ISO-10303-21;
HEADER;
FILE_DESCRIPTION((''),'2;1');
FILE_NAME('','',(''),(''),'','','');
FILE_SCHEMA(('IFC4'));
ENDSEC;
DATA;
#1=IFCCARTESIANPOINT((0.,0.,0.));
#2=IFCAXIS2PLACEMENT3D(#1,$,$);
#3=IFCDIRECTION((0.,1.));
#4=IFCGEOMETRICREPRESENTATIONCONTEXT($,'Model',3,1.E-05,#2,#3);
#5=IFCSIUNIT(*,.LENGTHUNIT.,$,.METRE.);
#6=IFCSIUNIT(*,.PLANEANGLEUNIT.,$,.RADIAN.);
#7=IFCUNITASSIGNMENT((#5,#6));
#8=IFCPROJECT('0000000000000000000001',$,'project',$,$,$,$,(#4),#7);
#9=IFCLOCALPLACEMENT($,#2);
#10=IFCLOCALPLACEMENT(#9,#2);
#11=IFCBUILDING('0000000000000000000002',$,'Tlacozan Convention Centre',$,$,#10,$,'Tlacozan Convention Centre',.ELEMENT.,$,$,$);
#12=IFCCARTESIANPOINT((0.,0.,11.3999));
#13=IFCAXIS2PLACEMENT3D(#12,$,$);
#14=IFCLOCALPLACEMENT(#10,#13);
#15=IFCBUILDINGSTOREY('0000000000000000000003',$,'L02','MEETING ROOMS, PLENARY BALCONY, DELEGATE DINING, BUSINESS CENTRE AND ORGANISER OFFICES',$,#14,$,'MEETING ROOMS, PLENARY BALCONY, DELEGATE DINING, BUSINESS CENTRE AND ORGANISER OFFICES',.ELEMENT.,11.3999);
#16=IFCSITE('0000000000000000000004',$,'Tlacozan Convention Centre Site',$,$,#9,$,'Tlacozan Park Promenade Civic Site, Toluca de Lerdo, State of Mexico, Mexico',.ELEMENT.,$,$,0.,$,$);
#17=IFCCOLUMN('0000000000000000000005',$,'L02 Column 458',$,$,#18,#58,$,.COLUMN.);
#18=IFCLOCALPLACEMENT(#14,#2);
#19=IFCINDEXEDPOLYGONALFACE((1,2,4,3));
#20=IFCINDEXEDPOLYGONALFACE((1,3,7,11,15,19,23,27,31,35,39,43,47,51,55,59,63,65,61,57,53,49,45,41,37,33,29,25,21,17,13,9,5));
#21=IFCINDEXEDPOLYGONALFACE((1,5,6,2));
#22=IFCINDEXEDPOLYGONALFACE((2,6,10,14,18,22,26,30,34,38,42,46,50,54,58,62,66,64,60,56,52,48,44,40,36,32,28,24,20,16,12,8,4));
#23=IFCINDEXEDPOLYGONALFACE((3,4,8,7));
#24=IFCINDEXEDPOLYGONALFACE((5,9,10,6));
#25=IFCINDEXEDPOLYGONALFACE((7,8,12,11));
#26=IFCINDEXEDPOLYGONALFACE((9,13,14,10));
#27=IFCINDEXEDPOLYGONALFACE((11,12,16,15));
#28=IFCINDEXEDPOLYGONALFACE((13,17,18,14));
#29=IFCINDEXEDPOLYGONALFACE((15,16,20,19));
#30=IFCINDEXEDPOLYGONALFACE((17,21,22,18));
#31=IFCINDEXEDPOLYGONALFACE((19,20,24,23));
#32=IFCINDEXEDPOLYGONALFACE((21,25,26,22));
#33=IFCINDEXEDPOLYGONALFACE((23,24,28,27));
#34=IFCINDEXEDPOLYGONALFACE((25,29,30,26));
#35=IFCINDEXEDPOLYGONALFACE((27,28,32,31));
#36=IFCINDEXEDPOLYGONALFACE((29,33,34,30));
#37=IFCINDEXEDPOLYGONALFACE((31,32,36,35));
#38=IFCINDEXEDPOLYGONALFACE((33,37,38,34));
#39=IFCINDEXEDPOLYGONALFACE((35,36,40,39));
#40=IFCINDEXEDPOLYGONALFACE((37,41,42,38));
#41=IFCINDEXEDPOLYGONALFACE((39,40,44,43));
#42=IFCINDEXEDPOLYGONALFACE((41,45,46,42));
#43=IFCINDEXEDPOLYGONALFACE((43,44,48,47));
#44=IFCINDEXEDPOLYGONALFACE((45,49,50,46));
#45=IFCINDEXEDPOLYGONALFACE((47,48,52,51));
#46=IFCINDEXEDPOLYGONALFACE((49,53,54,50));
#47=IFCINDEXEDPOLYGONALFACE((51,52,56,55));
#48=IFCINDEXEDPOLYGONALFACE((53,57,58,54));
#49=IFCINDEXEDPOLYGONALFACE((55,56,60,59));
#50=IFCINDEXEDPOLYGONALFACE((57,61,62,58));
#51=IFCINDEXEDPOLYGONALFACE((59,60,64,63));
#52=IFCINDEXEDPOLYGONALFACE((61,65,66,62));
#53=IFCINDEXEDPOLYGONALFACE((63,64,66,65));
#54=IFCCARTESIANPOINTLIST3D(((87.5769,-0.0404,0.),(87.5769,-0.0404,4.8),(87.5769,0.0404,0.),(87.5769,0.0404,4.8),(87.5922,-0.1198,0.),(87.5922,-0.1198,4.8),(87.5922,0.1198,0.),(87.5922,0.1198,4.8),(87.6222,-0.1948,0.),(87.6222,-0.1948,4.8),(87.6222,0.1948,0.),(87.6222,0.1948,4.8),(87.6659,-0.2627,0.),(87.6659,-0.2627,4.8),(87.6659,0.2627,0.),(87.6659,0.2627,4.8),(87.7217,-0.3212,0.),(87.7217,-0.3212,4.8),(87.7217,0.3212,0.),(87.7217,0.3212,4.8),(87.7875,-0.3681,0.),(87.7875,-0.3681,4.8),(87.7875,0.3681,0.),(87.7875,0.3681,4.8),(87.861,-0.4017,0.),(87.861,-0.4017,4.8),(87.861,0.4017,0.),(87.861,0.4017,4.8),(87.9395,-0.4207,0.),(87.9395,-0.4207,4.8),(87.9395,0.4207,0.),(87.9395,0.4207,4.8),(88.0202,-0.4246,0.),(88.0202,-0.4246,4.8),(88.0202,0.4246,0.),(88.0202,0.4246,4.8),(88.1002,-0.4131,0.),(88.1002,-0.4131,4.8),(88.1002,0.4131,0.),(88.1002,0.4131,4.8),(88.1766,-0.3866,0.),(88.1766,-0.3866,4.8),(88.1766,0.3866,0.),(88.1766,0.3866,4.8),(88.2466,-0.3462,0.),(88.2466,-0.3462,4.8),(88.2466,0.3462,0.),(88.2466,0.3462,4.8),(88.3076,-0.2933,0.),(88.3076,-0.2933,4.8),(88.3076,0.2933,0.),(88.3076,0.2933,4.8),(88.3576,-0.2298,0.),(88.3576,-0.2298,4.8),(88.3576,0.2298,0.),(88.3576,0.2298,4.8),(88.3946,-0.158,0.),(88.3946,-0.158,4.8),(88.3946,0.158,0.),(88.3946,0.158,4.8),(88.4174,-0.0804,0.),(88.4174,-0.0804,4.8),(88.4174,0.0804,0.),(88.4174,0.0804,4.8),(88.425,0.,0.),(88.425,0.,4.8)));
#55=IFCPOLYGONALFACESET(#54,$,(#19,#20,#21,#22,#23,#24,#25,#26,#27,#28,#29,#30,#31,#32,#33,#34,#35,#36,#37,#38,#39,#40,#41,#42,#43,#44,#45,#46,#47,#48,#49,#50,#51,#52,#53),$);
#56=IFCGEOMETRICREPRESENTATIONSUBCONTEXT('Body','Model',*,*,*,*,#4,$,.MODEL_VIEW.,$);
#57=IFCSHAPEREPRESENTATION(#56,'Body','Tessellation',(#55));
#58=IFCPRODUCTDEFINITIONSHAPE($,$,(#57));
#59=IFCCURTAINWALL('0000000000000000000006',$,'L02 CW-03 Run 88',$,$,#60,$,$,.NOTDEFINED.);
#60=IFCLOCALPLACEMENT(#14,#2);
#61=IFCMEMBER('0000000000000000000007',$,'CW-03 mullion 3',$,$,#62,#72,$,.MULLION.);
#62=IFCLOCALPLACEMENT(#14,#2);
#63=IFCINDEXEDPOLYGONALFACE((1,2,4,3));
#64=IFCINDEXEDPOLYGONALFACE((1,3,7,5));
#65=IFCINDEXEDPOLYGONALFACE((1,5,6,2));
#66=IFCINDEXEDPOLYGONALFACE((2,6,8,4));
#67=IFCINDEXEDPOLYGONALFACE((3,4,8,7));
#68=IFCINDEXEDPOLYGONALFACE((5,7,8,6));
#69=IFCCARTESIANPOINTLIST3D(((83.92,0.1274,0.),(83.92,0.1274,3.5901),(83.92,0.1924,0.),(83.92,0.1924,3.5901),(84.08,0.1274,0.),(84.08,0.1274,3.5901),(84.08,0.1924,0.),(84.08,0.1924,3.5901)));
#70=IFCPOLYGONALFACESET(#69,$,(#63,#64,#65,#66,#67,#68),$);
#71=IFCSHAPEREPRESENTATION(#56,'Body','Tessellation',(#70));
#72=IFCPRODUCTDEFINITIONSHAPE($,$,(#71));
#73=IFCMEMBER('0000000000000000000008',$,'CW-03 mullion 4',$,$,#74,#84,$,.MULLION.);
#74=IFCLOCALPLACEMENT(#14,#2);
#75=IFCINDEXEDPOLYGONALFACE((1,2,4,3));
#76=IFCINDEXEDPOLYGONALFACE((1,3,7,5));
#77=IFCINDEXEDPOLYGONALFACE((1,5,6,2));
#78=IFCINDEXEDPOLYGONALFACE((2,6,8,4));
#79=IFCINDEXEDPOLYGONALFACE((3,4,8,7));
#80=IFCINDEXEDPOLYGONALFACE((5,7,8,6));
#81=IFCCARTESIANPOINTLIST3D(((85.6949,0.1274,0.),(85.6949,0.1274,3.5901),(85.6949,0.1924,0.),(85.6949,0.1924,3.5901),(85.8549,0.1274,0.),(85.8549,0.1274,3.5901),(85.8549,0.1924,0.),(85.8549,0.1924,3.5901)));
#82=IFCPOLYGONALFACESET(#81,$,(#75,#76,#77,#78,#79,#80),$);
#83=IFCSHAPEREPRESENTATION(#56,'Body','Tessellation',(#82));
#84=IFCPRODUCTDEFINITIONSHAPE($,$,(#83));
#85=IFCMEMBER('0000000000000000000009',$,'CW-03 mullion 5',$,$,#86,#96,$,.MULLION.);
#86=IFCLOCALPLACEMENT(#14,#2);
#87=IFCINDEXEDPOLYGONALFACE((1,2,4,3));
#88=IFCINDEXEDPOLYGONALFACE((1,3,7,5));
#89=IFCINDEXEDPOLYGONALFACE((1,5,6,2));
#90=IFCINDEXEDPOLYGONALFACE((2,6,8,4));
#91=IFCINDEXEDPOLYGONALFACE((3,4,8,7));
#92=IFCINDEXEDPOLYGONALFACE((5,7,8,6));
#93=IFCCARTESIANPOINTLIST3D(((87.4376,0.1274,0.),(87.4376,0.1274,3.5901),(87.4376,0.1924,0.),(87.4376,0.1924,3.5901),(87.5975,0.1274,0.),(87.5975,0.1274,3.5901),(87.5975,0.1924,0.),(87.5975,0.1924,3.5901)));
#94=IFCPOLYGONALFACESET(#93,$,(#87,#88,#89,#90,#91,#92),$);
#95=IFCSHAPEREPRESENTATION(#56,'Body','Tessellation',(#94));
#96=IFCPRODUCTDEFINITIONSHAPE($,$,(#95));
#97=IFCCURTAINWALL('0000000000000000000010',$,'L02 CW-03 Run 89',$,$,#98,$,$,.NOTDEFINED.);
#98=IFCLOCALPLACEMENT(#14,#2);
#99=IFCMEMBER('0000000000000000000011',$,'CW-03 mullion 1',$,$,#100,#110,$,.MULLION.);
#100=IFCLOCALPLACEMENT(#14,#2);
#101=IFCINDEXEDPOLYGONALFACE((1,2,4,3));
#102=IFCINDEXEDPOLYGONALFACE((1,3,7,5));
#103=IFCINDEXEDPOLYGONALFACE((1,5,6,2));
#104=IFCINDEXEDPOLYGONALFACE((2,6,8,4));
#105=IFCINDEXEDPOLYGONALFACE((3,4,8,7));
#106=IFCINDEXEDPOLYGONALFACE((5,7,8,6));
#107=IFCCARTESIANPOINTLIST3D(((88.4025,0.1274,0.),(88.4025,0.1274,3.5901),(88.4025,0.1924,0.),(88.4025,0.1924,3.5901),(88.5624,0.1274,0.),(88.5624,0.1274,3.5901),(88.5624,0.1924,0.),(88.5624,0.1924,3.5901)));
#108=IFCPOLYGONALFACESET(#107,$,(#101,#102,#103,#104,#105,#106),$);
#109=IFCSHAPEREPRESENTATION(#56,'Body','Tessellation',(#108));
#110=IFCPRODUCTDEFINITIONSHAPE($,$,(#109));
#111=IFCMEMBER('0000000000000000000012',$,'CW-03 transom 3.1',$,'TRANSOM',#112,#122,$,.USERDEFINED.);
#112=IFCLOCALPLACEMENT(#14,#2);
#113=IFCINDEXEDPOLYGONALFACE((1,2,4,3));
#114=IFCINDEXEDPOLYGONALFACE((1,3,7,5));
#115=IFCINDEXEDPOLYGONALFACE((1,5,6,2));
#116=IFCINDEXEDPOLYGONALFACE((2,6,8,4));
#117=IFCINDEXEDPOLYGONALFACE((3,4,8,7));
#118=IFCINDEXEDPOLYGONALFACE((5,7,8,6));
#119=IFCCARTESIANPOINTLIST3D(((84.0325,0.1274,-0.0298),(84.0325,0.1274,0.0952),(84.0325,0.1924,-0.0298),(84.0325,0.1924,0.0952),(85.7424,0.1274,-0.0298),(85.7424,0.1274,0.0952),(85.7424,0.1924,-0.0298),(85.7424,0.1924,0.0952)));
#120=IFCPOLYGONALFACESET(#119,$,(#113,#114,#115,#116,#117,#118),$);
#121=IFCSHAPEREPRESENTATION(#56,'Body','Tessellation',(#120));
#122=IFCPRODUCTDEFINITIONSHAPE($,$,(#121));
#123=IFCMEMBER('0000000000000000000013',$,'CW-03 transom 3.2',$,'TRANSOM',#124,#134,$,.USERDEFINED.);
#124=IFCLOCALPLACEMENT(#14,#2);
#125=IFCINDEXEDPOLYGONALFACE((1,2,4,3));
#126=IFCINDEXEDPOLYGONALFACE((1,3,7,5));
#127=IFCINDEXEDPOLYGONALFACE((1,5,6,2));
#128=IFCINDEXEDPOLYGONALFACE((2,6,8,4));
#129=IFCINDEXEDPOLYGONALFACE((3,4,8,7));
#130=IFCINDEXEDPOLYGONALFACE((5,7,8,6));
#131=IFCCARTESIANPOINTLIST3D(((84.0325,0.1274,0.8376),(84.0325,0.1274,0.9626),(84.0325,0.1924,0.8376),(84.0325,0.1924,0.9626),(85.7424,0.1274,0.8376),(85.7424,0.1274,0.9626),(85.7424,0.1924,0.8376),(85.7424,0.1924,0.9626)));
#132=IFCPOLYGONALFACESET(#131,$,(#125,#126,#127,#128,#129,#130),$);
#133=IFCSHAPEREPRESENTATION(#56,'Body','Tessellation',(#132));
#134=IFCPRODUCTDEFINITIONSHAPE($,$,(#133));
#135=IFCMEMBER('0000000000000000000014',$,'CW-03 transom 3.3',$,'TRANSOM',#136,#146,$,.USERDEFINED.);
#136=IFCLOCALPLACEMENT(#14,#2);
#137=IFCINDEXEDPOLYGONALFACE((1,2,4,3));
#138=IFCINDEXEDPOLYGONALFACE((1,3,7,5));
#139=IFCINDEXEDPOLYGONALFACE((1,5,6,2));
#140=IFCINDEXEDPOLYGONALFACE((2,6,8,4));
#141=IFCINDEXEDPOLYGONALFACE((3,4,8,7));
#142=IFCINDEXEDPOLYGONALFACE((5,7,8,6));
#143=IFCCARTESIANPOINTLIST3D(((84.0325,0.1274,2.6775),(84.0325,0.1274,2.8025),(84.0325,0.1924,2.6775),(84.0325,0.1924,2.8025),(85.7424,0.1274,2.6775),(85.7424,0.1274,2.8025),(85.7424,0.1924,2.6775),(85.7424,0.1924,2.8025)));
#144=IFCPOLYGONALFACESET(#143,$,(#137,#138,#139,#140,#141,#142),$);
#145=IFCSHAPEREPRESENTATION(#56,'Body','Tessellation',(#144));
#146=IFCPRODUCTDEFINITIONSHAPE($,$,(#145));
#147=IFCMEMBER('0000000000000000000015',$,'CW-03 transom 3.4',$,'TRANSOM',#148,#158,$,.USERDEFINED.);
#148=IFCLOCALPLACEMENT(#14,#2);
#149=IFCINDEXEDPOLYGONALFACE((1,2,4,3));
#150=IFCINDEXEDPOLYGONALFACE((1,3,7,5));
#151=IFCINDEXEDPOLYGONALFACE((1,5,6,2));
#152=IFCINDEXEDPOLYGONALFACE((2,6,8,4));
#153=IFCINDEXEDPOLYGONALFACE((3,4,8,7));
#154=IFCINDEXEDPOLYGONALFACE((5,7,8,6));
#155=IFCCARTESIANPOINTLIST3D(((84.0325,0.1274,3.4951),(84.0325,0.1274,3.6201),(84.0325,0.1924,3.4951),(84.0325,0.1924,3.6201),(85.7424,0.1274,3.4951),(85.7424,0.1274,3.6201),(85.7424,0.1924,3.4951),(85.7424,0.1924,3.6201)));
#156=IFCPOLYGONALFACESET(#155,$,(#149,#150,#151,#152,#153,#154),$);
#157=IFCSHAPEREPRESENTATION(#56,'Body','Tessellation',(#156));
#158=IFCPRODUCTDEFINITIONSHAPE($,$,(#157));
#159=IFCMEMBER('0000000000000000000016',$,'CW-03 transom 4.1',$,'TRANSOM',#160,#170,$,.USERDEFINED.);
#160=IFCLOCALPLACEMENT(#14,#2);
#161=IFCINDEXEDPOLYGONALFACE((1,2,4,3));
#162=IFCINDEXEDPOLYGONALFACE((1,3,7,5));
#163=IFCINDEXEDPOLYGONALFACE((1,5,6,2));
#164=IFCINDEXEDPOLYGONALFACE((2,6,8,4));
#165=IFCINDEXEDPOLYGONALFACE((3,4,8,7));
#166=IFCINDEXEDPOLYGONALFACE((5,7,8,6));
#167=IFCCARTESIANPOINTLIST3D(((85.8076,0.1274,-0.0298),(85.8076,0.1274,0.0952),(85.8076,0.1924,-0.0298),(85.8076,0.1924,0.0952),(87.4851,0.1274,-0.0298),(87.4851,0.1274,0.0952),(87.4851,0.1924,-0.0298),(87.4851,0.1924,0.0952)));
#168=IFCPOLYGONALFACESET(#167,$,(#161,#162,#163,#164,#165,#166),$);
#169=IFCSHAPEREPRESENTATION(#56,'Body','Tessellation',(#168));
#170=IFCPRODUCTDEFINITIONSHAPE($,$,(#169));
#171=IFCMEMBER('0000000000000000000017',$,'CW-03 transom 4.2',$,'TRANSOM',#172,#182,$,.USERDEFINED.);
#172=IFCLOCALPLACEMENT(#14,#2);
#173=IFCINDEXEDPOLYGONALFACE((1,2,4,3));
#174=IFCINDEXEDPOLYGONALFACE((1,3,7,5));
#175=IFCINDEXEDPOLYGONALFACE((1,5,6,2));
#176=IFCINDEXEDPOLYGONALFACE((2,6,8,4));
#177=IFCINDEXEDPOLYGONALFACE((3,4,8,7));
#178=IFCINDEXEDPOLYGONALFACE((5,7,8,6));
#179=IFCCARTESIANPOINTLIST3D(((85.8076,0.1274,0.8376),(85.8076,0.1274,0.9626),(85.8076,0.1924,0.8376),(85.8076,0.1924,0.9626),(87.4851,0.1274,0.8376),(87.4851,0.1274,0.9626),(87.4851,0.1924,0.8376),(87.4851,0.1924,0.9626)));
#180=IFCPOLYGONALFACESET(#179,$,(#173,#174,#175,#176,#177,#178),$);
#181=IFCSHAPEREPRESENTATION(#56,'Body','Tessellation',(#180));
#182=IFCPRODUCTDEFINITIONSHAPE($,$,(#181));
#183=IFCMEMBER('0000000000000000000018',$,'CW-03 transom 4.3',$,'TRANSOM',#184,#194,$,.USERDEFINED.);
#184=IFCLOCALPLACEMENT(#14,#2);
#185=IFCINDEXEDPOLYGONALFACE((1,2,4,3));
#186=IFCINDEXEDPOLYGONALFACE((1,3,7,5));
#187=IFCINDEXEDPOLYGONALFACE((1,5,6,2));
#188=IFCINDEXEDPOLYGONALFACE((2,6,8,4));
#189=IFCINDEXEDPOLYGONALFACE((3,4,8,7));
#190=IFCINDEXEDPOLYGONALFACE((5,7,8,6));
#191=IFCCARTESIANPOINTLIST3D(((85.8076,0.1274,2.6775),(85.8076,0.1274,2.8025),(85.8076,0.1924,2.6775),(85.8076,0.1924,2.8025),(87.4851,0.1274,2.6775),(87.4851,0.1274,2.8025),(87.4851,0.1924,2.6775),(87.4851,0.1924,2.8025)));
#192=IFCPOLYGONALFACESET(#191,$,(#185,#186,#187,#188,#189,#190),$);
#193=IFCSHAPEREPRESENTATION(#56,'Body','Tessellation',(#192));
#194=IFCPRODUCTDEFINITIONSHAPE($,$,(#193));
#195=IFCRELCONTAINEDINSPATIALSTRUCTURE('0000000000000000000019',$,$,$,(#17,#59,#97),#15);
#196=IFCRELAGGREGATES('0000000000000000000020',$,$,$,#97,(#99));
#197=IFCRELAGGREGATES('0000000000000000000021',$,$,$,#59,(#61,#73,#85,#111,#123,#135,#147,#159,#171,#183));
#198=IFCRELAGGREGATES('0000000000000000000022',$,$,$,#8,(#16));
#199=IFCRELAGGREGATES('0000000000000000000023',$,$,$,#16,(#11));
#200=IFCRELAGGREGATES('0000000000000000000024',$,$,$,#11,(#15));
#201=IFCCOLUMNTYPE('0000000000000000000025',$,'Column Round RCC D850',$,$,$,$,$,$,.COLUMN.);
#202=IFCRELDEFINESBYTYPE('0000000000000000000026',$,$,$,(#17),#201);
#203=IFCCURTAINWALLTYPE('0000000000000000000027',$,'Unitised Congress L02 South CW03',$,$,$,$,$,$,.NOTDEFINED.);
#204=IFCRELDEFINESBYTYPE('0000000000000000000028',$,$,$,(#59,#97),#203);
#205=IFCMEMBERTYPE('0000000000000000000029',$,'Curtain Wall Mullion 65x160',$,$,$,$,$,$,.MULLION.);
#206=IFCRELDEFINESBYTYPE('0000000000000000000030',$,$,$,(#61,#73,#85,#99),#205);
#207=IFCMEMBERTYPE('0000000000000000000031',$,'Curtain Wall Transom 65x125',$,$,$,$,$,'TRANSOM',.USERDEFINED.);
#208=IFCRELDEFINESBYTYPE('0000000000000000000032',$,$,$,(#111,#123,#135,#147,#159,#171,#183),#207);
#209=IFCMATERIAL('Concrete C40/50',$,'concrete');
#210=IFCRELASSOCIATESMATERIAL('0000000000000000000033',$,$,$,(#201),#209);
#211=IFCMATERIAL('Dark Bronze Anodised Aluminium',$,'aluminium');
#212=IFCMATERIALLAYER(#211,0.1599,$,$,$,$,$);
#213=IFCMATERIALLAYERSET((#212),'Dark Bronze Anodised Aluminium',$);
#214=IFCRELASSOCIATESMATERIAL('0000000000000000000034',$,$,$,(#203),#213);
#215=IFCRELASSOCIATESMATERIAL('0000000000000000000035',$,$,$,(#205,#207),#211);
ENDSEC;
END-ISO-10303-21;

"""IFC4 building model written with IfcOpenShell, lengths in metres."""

from ifc_helpers import new_model, si_unit, direction, frame, origin, origin_2d, place, context, subcontext, project, spatial, rectangle, circle, extrude, material, layer, layer_set, material_profile, profile_set, type_object, element, aggregate, save


model = new_model("IFC4")

# Units and contexts
model_context = context("Model", 3, precision=1e-05, world=origin(), true_north=direction((0.0, 1.0)))
body_context = subcontext(model_context, "Body", "Model", "MODEL_VIEW")
ifc_project = project(units=[si_unit("LENGTHUNIT", "METRE"), si_unit("PLANEANGLEUNIT", "RADIAN")], contexts=[model_context])

# Site, building, storey
site_placement = place(None, origin())
site = spatial("IfcSite", under=ifc_project, at=site_placement, Name="Tlacozan Convention Centre Site", LongName="Tlacozan Park Promenade Civic Site, Toluca de Lerdo, State of Mexico, Mexico", CompositionType="ELEMENT", RefElevation=0.0)
building_placement = place(site_placement, origin())
building = spatial("IfcBuilding", under=site, at=building_placement, Name="Tlacozan Convention Centre", LongName="Tlacozan Convention Centre", CompositionType="ELEMENT")
storey_placement = place(building_placement, frame((0.0, 0.0, 11.3999)))
storey = spatial("IfcBuildingStorey", under=building, at=storey_placement, Name="L02", Description="MEETING ROOMS, PLENARY BALCONY, DELEGATE DINING, BUSINESS CENTRE AND ORGANISER OFFICES", LongName="MEETING ROOMS, PLENARY BALCONY, DELEGATE DINING, BUSINESS CENTRE AND ORGANISER OFFICES", CompositionType="ELEMENT", Elevation=11.3999)

# Column
ifc_material_1 = material(Name="Concrete C40/50", Category="concrete")
ifc_material_profile_1 = material_profile(ifc_material_1, circle(Radius=0.425, at=origin_2d()), Name="RCC D850")
ifc_profile_set_1 = profile_set([ifc_material_profile_1], Name="Concrete C40/50")
column_type = type_object("IfcColumnType", Name="Column Round RCC D850", PredefinedType="COLUMN", material=ifc_profile_set_1)
column_placement = place(storey_placement, frame((88.0, 0.0, 0.0), z_axis=(0.0, 0.0, 1.0), x_axis=(1.0, 0.0, 0.0)))
element("IfcColumn", 1, at=column_placement, inside=storey, type_object=column_type, Name="L02 Column 458", PredefinedType="COLUMN", context=body_context, shape_type="SweptSolid", body=[
    extrude(circle(Radius=0.425, at=origin_2d()), origin(), (0.0, 0.0, 1.0), 4.8),
])

# Curtain wall, members
ifc_material_2 = material(Name="Dark Bronze Anodised Aluminium", Category="aluminium")
ifc_layer_1 = layer(ifc_material_2, 0.1599)
ifc_layer_set_1 = layer_set([ifc_layer_1], Name="Dark Bronze Anodised Aluminium")
curtain_wall_type = type_object("IfcCurtainWallType", Name="Unitised Congress L02 South CW03", PredefinedType="NOTDEFINED", material=ifc_layer_set_1)
curtain_wall_1_placement = place(storey_placement, origin())
curtain_wall_1 = element("IfcCurtainWall", 2, at=curtain_wall_1_placement, inside=storey, type_object=curtain_wall_type, Name="L02 CW-03 Run 88", PredefinedType="NOTDEFINED")
ifc_material_profile_2 = material_profile(ifc_material_2, rectangle(XDim=0.0649, YDim=0.1599, at=origin_2d()), Name="ALU 65x160")
ifc_profile_set_2 = profile_set([ifc_material_profile_2], Name="Dark Bronze Anodised Aluminium")
member_type_1 = type_object("IfcMemberType", Name="Curtain Wall Mullion 65x160", PredefinedType="MULLION", material=ifc_profile_set_2)
member_1_placement = place(storey_placement, frame((84.0, 0.1599, 0.0), z_axis=(0.0, 0.0, 1.0), x_axis=(0.0, 1.0, 0.0)))
member_1 = element("IfcMember", 3, at=member_1_placement, type_object=member_type_1, Name="CW-03 mullion 3", PredefinedType="MULLION", context=body_context, shape_type="SweptSolid", body=[
    extrude(rectangle(XDim=0.0649, YDim=0.1599, at=origin_2d()), origin(), (0.0, 0.0, 1.0), 3.5901),
])
member_2_placement = place(storey_placement, frame((85.7749, 0.1599, 0.0), z_axis=(0.0, 0.0, 1.0), x_axis=(0.0, 1.0, 0.0)))
member_2 = element("IfcMember", 4, at=member_2_placement, type_object=member_type_1, Name="CW-03 mullion 4", PredefinedType="MULLION", context=body_context, shape_type="SweptSolid", body=[
    extrude(rectangle(XDim=0.0649, YDim=0.1599, at=origin_2d()), origin(), (0.0, 0.0, 1.0), 3.5901),
])
member_3_placement = place(storey_placement, frame((87.5176, 0.1599, 0.0), z_axis=(0.0, 0.0, 1.0), x_axis=(0.0, 1.0, 0.0)))
member_3 = element("IfcMember", 5, at=member_3_placement, type_object=member_type_1, Name="CW-03 mullion 5", PredefinedType="MULLION", context=body_context, shape_type="SweptSolid", body=[
    extrude(rectangle(XDim=0.0649, YDim=0.1599, at=origin_2d()), origin(), (0.0, 0.0, 1.0), 3.5901),
])

# Curtain wall, member
curtain_wall_2_placement = place(storey_placement, origin())
curtain_wall_2 = element("IfcCurtainWall", 6, at=curtain_wall_2_placement, inside=storey, type_object=curtain_wall_type, Name="L02 CW-03 Run 89", PredefinedType="NOTDEFINED")
member_4_placement = place(storey_placement, frame((88.4824, 0.1599, 0.0), z_axis=(0.0, 0.0, 1.0), x_axis=(0.0, 1.0, 0.0)))
member_4 = element("IfcMember", 7, at=member_4_placement, type_object=member_type_1, Name="CW-03 mullion 1", PredefinedType="MULLION", context=body_context, shape_type="SweptSolid", body=[
    extrude(rectangle(XDim=0.0649, YDim=0.1599, at=origin_2d()), origin(), (0.0, 0.0, 1.0), 3.5901),
])

# Members
ifc_material_profile_3 = material_profile(ifc_material_2, rectangle(XDim=0.0649, YDim=0.125, at=origin_2d()), Name="ALU 65x125")
ifc_profile_set_3 = profile_set([ifc_material_profile_3], Name="Dark Bronze Anodised Aluminium")
member_type_2 = type_object("IfcMemberType", Name="Curtain Wall Transom 65x125", ElementType="TRANSOM", PredefinedType="USERDEFINED", material=ifc_profile_set_3)
member_5_placement = place(storey_placement, frame((84.0325, 0.1599, 0.0327), z_axis=(1.0, 0.0, 0.0), x_axis=(0.0, 1.0, 0.0)))
member_5 = element("IfcMember", 8, at=member_5_placement, type_object=member_type_2, Name="CW-03 transom 3.1", ObjectType="TRANSOM", PredefinedType="USERDEFINED", context=body_context, shape_type="SweptSolid", body=[
    extrude(rectangle(XDim=0.0649, YDim=0.125, at=origin_2d()), origin(), (0.0, 0.0, 1.0), 1.71),
])
member_6_placement = place(storey_placement, frame((84.0325, 0.1599, 0.9001), z_axis=(1.0, 0.0, 0.0), x_axis=(0.0, 1.0, 0.0)))
member_6 = element("IfcMember", 9, at=member_6_placement, type_object=member_type_2, Name="CW-03 transom 3.2", ObjectType="TRANSOM", PredefinedType="USERDEFINED", context=body_context, shape_type="SweptSolid", body=[
    extrude(rectangle(XDim=0.0649, YDim=0.125, at=origin_2d()), origin(), (0.0, 0.0, 1.0), 1.71),
])
member_7_placement = place(storey_placement, frame((84.0325, 0.1599, 2.74), z_axis=(1.0, 0.0, 0.0), x_axis=(0.0, 1.0, 0.0)))
member_7 = element("IfcMember", 10, at=member_7_placement, type_object=member_type_2, Name="CW-03 transom 3.3", ObjectType="TRANSOM", PredefinedType="USERDEFINED", context=body_context, shape_type="SweptSolid", body=[
    extrude(rectangle(XDim=0.0649, YDim=0.125, at=origin_2d()), origin(), (0.0, 0.0, 1.0), 1.71),
])
member_8_placement = place(storey_placement, frame((84.0325, 0.1599, 3.5576), z_axis=(1.0, 0.0, 0.0), x_axis=(0.0, 1.0, 0.0)))
member_8 = element("IfcMember", 11, at=member_8_placement, type_object=member_type_2, Name="CW-03 transom 3.4", ObjectType="TRANSOM", PredefinedType="USERDEFINED", context=body_context, shape_type="SweptSolid", body=[
    extrude(rectangle(XDim=0.0649, YDim=0.125, at=origin_2d()), origin(), (0.0, 0.0, 1.0), 1.71),
])
member_9_placement = place(storey_placement, frame((85.8076, 0.1599, 0.0327), z_axis=(1.0, 0.0, 0.0), x_axis=(0.0, 1.0, 0.0)))
member_9 = element("IfcMember", 12, at=member_9_placement, type_object=member_type_2, Name="CW-03 transom 4.1", ObjectType="TRANSOM", PredefinedType="USERDEFINED", context=body_context, shape_type="SweptSolid", body=[
    extrude(rectangle(XDim=0.0649, YDim=0.125, at=origin_2d()), origin(), (0.0, 0.0, 1.0), 1.6775),
])
member_10_placement = place(storey_placement, frame((85.8076, 0.1599, 0.9001), z_axis=(1.0, 0.0, 0.0), x_axis=(0.0, 1.0, 0.0)))
member_10 = element("IfcMember", 13, at=member_10_placement, type_object=member_type_2, Name="CW-03 transom 4.2", ObjectType="TRANSOM", PredefinedType="USERDEFINED", context=body_context, shape_type="SweptSolid", body=[
    extrude(rectangle(XDim=0.0649, YDim=0.125, at=origin_2d()), origin(), (0.0, 0.0, 1.0), 1.6775),
])
member_11_placement = place(storey_placement, frame((85.8076, 0.1599, 2.74), z_axis=(1.0, 0.0, 0.0), x_axis=(0.0, 1.0, 0.0)))
member_11 = element("IfcMember", 14, at=member_11_placement, type_object=member_type_2, Name="CW-03 transom 4.3", ObjectType="TRANSOM", PredefinedType="USERDEFINED", context=body_context, shape_type="SweptSolid", body=[
    extrude(rectangle(XDim=0.0649, YDim=0.125, at=origin_2d()), origin(), (0.0, 0.0, 1.0), 1.6775),
])
aggregate(curtain_wall_2, [member_4])

aggregate(curtain_wall_1, [member_1, member_2, member_3, member_5, member_6, member_7, member_8, member_9, member_10, member_11])

save(model, "model.ifc")
